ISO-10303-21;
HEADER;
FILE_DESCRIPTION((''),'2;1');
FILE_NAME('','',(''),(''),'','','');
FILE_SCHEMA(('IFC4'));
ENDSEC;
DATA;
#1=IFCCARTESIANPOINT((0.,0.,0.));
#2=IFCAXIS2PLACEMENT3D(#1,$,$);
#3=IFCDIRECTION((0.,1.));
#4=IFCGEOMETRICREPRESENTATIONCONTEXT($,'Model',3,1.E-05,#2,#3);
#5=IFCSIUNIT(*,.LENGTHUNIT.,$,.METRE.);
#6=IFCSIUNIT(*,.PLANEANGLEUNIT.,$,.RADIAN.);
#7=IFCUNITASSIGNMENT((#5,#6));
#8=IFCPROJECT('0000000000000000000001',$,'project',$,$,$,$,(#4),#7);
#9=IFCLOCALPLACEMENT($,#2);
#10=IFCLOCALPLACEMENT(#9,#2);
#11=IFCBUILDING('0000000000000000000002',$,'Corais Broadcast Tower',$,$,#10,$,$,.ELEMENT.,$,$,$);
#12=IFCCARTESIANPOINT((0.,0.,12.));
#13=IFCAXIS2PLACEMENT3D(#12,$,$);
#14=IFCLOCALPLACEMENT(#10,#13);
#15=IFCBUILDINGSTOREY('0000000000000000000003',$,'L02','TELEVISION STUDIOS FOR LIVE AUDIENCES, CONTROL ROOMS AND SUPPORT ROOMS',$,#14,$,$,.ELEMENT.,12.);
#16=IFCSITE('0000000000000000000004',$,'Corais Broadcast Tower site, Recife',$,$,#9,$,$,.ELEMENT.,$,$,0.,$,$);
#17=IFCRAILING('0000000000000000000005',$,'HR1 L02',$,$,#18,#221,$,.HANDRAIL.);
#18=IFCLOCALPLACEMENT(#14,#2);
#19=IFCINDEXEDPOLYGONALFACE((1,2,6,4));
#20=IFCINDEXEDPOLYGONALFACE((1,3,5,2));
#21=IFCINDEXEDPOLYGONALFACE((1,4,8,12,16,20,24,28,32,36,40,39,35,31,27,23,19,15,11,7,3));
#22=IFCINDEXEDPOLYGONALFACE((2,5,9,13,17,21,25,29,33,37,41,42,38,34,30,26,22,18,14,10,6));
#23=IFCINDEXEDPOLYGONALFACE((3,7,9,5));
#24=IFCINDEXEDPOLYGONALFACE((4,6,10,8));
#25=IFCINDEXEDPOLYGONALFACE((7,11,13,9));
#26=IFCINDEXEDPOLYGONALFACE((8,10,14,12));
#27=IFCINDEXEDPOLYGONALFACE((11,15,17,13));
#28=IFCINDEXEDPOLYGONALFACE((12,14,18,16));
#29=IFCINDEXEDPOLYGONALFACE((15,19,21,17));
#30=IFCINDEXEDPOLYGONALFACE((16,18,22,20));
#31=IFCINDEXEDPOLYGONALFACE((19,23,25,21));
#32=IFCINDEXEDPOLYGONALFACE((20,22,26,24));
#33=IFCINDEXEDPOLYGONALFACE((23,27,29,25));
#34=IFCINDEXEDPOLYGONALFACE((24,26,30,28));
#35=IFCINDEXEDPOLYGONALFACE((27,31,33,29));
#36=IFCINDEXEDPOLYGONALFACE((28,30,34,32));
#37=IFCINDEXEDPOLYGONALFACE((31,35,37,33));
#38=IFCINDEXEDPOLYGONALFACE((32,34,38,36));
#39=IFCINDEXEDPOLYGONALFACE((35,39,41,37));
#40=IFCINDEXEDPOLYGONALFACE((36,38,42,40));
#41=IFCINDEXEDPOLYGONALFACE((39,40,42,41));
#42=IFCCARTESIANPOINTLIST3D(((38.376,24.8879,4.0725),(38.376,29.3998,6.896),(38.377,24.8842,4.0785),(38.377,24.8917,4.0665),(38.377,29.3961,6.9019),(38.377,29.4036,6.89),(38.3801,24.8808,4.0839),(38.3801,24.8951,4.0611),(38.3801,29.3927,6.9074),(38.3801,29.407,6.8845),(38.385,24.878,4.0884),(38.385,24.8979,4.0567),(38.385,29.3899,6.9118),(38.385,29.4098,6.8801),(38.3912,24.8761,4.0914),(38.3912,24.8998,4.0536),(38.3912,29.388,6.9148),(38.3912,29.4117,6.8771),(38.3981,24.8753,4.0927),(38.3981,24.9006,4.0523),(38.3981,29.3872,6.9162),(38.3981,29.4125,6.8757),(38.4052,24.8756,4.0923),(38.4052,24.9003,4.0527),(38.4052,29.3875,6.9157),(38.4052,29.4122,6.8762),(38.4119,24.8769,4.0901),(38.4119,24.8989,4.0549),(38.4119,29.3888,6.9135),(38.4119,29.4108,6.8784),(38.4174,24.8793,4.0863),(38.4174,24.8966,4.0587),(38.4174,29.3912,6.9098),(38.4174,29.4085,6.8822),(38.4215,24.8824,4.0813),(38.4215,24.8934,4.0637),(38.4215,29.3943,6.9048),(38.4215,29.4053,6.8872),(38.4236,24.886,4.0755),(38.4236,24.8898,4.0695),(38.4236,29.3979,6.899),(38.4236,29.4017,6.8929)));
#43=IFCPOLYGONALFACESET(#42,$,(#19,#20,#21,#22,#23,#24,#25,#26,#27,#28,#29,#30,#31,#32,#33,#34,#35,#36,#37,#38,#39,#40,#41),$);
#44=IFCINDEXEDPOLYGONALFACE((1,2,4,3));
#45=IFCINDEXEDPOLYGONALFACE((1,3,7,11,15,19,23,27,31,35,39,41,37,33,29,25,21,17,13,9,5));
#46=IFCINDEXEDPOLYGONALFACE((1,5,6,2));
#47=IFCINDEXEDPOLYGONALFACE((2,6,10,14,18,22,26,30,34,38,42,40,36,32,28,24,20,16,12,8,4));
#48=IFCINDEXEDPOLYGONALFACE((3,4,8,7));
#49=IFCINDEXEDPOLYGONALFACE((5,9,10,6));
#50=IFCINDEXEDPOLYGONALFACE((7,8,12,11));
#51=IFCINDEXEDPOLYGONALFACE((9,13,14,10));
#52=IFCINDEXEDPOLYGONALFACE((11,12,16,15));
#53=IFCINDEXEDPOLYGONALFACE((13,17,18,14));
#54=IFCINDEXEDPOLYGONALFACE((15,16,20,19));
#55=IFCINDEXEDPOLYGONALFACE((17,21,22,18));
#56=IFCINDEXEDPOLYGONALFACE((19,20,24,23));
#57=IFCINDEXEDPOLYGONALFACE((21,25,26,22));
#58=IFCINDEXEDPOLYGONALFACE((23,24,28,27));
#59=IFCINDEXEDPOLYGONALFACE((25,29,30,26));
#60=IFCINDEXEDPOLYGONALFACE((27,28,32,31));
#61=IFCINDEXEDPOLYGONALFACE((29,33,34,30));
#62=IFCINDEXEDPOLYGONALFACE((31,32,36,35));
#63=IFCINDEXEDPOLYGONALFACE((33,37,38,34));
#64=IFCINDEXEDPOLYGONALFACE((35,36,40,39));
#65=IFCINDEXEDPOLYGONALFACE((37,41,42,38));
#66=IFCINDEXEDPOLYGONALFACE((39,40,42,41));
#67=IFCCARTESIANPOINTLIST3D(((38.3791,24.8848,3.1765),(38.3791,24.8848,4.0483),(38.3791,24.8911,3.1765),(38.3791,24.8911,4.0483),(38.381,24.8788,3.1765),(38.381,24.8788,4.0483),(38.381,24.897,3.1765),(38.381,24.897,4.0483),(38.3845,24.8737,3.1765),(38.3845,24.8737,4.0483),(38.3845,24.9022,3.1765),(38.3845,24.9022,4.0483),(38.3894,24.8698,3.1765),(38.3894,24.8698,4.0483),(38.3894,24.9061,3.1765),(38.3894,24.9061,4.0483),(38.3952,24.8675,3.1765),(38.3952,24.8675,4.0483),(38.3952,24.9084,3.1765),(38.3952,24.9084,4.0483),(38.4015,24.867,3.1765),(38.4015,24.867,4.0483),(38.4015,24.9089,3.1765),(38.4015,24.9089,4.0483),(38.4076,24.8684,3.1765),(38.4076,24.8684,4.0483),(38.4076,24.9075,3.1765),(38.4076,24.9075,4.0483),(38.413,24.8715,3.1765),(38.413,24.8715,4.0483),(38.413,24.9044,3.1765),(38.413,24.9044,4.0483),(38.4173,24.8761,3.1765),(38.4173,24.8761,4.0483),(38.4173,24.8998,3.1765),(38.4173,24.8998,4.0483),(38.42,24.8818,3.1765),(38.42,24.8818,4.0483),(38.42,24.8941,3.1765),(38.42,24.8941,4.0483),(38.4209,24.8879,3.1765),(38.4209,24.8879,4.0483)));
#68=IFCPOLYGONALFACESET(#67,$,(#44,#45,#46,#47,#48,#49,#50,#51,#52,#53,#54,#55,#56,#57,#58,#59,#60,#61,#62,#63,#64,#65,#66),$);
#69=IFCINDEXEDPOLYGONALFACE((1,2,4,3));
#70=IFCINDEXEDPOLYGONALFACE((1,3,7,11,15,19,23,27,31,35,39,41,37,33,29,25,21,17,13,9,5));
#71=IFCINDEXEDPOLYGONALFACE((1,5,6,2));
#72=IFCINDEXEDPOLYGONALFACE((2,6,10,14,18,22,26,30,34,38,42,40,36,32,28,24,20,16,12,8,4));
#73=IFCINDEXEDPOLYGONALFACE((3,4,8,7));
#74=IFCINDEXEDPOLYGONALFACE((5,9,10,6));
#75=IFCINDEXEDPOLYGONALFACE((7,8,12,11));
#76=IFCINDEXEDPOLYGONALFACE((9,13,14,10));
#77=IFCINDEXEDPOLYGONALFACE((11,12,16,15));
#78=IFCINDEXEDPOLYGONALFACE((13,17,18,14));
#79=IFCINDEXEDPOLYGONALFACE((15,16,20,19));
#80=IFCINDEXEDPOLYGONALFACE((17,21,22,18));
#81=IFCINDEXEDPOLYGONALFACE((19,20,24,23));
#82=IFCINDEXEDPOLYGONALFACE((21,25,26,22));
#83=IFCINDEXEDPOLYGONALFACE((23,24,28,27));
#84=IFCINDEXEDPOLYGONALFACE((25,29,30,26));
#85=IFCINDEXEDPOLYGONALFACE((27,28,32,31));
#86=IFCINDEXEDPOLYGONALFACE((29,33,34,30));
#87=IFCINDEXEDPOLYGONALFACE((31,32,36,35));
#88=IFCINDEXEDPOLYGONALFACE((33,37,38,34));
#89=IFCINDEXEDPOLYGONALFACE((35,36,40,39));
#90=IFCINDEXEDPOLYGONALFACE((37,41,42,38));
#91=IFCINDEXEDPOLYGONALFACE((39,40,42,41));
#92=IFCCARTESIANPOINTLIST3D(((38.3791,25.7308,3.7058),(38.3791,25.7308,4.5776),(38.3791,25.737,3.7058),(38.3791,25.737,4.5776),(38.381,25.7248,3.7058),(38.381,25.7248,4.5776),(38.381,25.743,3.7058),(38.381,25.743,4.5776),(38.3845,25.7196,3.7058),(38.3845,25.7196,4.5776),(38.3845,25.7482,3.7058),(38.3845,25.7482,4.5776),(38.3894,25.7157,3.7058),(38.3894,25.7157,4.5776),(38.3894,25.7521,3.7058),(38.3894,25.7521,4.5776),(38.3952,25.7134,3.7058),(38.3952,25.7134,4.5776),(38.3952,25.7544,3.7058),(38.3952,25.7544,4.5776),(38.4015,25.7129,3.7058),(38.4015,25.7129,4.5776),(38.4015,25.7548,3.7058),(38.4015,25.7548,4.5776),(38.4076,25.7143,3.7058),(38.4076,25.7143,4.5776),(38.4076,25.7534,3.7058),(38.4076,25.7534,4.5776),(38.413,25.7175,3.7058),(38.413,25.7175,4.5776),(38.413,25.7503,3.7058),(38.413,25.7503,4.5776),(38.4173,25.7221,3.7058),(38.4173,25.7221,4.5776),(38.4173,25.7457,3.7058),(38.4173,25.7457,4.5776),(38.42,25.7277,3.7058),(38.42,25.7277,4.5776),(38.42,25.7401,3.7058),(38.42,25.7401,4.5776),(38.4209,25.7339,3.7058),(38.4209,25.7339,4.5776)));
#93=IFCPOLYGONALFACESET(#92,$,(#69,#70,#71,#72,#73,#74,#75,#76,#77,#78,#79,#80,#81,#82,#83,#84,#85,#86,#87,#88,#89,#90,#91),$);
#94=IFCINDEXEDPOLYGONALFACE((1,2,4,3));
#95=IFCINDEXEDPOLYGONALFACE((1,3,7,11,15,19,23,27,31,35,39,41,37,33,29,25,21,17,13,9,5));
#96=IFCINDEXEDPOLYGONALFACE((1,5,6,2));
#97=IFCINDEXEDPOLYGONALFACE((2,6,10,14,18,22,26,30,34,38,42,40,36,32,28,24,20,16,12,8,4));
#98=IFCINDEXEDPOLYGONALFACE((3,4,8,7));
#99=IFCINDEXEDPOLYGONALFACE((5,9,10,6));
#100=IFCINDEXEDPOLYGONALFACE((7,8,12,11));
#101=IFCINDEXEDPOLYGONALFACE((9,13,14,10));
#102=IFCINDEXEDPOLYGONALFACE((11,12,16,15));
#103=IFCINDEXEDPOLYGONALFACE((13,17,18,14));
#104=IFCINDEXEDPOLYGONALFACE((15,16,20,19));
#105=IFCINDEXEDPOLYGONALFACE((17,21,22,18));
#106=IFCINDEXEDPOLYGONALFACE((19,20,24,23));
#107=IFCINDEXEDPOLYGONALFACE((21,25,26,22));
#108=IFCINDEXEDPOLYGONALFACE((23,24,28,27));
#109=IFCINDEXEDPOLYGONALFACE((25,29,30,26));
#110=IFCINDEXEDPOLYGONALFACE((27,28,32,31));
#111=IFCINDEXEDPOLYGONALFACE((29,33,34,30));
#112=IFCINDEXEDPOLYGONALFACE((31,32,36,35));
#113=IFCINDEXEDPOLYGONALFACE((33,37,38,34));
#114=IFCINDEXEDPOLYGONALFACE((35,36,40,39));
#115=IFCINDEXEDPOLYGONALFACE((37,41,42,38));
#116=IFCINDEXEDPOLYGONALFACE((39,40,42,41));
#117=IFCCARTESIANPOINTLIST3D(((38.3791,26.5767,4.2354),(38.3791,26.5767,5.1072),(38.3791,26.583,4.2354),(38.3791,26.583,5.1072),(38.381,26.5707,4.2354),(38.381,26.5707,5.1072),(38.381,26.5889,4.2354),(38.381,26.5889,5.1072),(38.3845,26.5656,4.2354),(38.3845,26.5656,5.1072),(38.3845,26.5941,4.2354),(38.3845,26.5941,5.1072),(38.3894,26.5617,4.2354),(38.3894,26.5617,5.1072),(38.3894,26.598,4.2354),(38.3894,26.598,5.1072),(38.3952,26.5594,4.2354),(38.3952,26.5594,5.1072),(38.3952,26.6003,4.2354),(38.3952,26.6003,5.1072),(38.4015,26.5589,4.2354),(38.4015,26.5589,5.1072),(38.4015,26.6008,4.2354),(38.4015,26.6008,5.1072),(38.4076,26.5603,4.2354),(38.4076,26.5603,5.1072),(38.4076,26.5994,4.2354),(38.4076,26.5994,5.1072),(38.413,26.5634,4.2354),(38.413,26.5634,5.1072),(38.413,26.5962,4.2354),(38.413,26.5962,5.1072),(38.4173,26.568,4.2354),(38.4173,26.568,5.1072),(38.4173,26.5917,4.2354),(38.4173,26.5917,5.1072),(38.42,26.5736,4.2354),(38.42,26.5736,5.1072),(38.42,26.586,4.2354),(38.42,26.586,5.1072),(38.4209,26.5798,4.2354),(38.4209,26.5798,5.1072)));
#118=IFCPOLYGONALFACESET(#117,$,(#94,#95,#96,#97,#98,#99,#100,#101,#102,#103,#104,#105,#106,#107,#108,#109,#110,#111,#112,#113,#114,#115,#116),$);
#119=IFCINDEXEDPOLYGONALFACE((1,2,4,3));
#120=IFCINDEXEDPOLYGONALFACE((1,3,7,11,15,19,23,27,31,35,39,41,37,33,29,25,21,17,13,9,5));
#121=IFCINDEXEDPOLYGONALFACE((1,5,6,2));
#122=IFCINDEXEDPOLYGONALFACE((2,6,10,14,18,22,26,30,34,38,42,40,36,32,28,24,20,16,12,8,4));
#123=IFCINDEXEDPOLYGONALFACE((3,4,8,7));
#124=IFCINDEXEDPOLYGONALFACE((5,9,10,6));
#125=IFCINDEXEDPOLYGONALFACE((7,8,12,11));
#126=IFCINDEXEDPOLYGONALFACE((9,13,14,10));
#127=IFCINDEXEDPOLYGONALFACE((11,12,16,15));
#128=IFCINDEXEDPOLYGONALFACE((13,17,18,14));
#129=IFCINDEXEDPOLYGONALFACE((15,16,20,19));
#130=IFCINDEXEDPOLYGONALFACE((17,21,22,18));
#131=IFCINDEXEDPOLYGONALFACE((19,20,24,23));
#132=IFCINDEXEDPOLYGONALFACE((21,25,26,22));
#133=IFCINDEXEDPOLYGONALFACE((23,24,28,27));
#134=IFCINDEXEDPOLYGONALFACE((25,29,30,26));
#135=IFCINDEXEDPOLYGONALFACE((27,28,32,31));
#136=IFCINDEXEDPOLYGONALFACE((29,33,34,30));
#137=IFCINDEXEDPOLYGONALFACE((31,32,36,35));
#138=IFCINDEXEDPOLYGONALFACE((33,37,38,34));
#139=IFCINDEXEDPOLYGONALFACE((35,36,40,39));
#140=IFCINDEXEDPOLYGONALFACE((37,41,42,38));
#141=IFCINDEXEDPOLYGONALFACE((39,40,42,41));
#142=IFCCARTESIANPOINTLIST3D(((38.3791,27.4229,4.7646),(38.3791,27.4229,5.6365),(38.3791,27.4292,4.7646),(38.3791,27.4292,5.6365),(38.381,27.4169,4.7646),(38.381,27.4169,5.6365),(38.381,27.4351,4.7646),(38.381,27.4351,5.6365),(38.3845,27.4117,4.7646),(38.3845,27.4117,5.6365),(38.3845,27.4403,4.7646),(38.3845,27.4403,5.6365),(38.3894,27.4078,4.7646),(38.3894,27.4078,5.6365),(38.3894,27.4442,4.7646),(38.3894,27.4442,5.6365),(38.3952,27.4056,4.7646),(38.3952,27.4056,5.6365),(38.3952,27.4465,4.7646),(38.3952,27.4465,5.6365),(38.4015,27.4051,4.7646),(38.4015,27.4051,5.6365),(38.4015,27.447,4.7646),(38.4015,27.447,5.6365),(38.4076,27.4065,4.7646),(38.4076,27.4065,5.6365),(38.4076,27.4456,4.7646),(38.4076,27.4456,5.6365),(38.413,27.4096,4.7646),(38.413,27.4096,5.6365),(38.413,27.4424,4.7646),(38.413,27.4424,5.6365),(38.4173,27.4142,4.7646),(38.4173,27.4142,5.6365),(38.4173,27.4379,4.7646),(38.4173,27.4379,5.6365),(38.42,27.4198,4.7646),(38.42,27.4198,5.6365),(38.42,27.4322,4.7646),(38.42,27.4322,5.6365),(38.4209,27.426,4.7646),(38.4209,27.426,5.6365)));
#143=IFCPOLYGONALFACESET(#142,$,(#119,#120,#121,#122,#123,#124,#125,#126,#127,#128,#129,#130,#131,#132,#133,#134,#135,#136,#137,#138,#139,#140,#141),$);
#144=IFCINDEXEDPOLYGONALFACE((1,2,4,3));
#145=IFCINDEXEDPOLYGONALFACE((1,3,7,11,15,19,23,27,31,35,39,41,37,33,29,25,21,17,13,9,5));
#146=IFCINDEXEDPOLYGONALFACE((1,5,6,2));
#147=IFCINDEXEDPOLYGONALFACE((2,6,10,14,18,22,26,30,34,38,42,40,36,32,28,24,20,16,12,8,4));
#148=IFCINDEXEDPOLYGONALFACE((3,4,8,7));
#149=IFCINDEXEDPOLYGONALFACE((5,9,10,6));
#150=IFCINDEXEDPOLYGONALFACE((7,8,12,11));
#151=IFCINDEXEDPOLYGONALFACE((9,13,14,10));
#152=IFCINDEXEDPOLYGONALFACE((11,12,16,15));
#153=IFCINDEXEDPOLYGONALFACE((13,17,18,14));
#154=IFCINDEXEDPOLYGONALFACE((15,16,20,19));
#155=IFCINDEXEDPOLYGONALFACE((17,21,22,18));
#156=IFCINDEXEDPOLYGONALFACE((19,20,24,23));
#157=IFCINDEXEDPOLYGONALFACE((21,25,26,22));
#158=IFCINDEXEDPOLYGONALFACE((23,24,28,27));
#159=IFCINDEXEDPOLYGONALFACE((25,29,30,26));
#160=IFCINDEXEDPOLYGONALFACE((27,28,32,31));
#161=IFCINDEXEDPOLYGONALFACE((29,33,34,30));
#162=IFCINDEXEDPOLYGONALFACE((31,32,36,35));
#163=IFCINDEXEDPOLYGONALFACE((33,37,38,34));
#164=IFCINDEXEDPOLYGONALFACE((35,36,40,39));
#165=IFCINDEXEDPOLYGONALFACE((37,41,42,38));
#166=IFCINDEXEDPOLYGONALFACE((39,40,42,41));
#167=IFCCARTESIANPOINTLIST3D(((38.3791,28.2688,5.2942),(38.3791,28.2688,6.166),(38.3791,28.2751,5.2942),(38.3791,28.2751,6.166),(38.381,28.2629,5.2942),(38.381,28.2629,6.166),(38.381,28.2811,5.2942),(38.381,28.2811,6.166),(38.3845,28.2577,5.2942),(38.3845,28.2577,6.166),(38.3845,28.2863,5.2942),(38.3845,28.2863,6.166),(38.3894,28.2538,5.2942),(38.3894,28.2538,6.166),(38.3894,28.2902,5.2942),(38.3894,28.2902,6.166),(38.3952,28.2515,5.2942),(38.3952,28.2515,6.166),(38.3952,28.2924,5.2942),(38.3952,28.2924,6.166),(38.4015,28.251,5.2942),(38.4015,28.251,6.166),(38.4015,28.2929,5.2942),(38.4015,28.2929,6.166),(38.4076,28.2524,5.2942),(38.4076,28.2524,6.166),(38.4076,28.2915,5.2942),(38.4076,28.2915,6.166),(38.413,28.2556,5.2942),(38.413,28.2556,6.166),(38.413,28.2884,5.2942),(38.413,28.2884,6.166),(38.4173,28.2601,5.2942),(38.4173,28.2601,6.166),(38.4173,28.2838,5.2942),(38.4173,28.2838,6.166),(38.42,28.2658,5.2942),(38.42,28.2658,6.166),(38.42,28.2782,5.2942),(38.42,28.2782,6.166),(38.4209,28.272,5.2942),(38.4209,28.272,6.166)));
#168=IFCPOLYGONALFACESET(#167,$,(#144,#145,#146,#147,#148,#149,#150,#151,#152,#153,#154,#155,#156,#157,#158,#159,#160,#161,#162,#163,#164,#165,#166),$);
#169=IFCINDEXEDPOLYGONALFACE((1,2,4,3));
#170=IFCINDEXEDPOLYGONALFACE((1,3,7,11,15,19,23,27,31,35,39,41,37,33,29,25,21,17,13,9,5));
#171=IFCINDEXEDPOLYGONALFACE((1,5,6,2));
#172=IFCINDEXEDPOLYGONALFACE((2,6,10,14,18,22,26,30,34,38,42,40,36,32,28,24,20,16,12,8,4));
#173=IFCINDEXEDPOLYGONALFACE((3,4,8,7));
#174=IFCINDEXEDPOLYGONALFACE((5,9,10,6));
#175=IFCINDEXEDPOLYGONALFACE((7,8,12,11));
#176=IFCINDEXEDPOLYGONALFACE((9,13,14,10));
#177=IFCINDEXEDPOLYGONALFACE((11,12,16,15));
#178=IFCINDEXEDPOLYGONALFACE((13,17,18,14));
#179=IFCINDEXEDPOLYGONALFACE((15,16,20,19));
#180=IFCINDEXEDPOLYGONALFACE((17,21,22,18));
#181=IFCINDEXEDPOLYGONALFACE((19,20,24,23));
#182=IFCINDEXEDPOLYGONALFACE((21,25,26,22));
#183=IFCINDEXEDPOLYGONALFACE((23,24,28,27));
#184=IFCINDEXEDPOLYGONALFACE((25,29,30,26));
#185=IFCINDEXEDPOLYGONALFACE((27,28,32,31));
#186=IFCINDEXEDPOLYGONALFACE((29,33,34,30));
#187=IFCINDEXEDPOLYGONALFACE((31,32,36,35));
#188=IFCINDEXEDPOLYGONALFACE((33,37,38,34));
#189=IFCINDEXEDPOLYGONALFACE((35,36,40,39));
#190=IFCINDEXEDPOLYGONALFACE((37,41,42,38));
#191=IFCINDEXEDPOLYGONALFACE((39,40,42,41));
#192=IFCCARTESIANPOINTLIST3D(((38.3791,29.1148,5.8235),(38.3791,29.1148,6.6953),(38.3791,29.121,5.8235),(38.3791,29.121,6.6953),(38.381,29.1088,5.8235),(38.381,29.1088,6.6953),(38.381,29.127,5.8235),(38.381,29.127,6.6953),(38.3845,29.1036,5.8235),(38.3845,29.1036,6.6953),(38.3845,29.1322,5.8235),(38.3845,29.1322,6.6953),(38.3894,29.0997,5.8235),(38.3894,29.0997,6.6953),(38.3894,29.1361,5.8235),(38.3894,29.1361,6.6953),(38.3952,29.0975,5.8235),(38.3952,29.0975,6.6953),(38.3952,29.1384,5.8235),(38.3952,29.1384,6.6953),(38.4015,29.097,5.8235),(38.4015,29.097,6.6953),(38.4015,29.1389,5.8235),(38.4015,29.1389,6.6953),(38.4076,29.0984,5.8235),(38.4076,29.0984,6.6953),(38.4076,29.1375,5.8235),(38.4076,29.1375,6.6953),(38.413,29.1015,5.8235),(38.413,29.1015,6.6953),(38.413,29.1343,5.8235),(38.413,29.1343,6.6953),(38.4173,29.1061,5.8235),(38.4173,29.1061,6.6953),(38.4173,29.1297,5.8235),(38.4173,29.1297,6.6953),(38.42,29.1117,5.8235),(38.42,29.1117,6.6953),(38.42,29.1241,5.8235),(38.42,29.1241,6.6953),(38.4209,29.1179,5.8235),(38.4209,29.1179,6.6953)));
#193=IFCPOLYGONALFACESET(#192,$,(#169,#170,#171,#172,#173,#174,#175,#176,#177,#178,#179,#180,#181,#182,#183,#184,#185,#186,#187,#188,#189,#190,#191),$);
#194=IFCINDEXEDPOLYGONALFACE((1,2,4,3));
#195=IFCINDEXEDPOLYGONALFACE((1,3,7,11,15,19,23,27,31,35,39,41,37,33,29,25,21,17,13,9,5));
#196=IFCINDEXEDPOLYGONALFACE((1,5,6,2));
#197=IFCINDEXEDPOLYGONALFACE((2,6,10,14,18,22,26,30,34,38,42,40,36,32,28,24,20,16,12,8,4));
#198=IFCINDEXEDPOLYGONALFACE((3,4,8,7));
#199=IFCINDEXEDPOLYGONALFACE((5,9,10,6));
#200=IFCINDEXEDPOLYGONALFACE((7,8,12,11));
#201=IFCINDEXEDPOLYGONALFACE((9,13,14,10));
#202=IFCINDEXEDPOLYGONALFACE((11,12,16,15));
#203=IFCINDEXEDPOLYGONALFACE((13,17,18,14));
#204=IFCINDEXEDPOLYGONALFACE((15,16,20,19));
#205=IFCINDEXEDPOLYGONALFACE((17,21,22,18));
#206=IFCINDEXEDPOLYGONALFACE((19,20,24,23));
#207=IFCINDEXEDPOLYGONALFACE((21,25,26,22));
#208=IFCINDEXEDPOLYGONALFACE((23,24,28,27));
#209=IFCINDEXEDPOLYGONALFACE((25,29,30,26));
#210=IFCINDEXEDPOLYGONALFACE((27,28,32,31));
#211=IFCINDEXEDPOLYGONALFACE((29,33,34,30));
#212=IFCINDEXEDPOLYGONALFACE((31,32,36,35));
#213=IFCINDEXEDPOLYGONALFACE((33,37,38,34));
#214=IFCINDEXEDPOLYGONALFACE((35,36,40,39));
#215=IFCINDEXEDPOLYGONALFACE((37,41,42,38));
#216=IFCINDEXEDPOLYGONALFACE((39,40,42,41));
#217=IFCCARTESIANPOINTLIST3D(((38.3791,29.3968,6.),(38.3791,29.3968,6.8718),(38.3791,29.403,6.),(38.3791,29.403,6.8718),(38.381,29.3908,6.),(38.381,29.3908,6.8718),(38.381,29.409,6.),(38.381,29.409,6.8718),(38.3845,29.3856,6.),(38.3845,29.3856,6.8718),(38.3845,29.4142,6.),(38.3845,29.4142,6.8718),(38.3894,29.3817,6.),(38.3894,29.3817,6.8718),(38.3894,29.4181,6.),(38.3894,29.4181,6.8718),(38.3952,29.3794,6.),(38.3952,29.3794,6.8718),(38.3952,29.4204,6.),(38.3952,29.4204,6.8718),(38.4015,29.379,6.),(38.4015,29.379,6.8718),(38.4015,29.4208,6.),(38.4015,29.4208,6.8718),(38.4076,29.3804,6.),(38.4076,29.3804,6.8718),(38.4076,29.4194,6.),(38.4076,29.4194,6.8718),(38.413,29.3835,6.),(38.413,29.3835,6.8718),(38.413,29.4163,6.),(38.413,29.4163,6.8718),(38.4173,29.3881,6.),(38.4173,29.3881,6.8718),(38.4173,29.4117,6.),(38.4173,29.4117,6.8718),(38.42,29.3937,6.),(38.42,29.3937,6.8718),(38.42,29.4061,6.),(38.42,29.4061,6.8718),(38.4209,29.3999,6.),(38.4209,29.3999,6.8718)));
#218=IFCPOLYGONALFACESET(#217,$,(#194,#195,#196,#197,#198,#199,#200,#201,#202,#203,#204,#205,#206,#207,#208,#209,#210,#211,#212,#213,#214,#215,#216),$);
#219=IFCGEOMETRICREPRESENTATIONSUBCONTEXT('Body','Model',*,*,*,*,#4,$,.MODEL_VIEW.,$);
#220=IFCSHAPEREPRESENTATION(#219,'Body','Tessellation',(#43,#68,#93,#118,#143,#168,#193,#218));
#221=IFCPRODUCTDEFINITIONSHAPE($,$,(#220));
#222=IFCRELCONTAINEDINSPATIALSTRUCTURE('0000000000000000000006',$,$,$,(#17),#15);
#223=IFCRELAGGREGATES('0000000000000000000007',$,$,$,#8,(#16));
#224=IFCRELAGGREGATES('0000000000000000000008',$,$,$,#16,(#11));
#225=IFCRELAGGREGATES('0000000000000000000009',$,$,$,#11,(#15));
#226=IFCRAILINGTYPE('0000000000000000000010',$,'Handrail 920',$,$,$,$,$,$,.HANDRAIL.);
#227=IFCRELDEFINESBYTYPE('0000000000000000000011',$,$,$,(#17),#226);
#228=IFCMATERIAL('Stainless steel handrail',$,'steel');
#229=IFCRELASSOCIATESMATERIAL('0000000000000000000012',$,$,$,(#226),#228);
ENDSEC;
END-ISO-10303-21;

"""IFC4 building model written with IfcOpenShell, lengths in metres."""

from ifc_helpers import new_model, si_unit, direction, frame, origin, origin_2d, place, context, subcontext, project, spatial, circle, extrude, material, type_object, element, save


model = new_model("IFC4")

# Units and contexts
model_context = context("Model", 3, precision=1e-05, world=origin(), true_north=direction((0.0, 1.0)))
body_context = subcontext(model_context, "Body", "Model", "MODEL_VIEW")
ifc_project = project(units=[si_unit("LENGTHUNIT", "METRE"), si_unit("PLANEANGLEUNIT", "RADIAN")], contexts=[model_context])

# Site, building, storey
site_placement = place(None, origin())
site = spatial("IfcSite", under=ifc_project, at=site_placement, Name="Corais Broadcast Tower site, Recife", CompositionType="ELEMENT", RefElevation=0.0)
building_placement = place(site_placement, origin())
building = spatial("IfcBuilding", under=site, at=building_placement, Name="Corais Broadcast Tower", CompositionType="ELEMENT")
storey_placement = place(building_placement, frame((0.0, 0.0, 12.0)))
storey = spatial("IfcBuildingStorey", under=building, at=storey_placement, Name="L02", Description="TELEVISION STUDIOS FOR LIVE AUDIENCES, CONTROL ROOMS AND SUPPORT ROOMS", CompositionType="ELEMENT", Elevation=12.0)

# Railing
ifc_material_1 = material(Name="Stainless steel handrail", Category="steel")
railing_type = type_object("IfcRailingType", Name="Handrail 920", PredefinedType="HANDRAIL", material=ifc_material_1)
railing_placement = place(storey_placement, frame((38.3999, 24.8879, 3.1765)))
element("IfcRailing", 1, at=railing_placement, inside=storey, type_object=railing_type, Name="HR1 L02", PredefinedType="HANDRAIL", context=body_context, shape_type="SweptSolid", body=[
    extrude(circle(Radius=0.0239, at=origin_2d()), frame((0.0, 0.0, 0.896), z_axis=(0.0, 0.847702, 0.530473), x_axis=(-1.0, 0.0, 0.0)), (0.0, 0.0, 1.0), 5.3225),
    extrude(circle(Radius=0.021, at=origin_2d()), origin(), (0.0, 0.0, 1.0), 0.8718),
    extrude(circle(Radius=0.021, at=origin_2d()), frame((0.0, 0.8459, 0.5293)), (0.0, 0.0, 1.0), 0.8718),
    extrude(circle(Radius=0.021, at=origin_2d()), frame((0.0, 1.6919, 1.0588)), (0.0, 0.0, 1.0), 0.8718),
    extrude(circle(Radius=0.021, at=origin_2d()), frame((0.0, 2.5381, 1.5881)), (0.0, 0.0, 1.0), 0.8718),
    extrude(circle(Radius=0.021, at=origin_2d()), frame((0.0, 3.384, 2.1177)), (0.0, 0.0, 1.0), 0.8718),
    extrude(circle(Radius=0.021, at=origin_2d()), frame((0.0, 4.23, 2.647)), (0.0, 0.0, 1.0), 0.8718),
    extrude(circle(Radius=0.021, at=origin_2d()), frame((0.0, 4.512, 2.8235)), (0.0, 0.0, 1.0), 0.8718),
])

save(model, "model.ifc")
